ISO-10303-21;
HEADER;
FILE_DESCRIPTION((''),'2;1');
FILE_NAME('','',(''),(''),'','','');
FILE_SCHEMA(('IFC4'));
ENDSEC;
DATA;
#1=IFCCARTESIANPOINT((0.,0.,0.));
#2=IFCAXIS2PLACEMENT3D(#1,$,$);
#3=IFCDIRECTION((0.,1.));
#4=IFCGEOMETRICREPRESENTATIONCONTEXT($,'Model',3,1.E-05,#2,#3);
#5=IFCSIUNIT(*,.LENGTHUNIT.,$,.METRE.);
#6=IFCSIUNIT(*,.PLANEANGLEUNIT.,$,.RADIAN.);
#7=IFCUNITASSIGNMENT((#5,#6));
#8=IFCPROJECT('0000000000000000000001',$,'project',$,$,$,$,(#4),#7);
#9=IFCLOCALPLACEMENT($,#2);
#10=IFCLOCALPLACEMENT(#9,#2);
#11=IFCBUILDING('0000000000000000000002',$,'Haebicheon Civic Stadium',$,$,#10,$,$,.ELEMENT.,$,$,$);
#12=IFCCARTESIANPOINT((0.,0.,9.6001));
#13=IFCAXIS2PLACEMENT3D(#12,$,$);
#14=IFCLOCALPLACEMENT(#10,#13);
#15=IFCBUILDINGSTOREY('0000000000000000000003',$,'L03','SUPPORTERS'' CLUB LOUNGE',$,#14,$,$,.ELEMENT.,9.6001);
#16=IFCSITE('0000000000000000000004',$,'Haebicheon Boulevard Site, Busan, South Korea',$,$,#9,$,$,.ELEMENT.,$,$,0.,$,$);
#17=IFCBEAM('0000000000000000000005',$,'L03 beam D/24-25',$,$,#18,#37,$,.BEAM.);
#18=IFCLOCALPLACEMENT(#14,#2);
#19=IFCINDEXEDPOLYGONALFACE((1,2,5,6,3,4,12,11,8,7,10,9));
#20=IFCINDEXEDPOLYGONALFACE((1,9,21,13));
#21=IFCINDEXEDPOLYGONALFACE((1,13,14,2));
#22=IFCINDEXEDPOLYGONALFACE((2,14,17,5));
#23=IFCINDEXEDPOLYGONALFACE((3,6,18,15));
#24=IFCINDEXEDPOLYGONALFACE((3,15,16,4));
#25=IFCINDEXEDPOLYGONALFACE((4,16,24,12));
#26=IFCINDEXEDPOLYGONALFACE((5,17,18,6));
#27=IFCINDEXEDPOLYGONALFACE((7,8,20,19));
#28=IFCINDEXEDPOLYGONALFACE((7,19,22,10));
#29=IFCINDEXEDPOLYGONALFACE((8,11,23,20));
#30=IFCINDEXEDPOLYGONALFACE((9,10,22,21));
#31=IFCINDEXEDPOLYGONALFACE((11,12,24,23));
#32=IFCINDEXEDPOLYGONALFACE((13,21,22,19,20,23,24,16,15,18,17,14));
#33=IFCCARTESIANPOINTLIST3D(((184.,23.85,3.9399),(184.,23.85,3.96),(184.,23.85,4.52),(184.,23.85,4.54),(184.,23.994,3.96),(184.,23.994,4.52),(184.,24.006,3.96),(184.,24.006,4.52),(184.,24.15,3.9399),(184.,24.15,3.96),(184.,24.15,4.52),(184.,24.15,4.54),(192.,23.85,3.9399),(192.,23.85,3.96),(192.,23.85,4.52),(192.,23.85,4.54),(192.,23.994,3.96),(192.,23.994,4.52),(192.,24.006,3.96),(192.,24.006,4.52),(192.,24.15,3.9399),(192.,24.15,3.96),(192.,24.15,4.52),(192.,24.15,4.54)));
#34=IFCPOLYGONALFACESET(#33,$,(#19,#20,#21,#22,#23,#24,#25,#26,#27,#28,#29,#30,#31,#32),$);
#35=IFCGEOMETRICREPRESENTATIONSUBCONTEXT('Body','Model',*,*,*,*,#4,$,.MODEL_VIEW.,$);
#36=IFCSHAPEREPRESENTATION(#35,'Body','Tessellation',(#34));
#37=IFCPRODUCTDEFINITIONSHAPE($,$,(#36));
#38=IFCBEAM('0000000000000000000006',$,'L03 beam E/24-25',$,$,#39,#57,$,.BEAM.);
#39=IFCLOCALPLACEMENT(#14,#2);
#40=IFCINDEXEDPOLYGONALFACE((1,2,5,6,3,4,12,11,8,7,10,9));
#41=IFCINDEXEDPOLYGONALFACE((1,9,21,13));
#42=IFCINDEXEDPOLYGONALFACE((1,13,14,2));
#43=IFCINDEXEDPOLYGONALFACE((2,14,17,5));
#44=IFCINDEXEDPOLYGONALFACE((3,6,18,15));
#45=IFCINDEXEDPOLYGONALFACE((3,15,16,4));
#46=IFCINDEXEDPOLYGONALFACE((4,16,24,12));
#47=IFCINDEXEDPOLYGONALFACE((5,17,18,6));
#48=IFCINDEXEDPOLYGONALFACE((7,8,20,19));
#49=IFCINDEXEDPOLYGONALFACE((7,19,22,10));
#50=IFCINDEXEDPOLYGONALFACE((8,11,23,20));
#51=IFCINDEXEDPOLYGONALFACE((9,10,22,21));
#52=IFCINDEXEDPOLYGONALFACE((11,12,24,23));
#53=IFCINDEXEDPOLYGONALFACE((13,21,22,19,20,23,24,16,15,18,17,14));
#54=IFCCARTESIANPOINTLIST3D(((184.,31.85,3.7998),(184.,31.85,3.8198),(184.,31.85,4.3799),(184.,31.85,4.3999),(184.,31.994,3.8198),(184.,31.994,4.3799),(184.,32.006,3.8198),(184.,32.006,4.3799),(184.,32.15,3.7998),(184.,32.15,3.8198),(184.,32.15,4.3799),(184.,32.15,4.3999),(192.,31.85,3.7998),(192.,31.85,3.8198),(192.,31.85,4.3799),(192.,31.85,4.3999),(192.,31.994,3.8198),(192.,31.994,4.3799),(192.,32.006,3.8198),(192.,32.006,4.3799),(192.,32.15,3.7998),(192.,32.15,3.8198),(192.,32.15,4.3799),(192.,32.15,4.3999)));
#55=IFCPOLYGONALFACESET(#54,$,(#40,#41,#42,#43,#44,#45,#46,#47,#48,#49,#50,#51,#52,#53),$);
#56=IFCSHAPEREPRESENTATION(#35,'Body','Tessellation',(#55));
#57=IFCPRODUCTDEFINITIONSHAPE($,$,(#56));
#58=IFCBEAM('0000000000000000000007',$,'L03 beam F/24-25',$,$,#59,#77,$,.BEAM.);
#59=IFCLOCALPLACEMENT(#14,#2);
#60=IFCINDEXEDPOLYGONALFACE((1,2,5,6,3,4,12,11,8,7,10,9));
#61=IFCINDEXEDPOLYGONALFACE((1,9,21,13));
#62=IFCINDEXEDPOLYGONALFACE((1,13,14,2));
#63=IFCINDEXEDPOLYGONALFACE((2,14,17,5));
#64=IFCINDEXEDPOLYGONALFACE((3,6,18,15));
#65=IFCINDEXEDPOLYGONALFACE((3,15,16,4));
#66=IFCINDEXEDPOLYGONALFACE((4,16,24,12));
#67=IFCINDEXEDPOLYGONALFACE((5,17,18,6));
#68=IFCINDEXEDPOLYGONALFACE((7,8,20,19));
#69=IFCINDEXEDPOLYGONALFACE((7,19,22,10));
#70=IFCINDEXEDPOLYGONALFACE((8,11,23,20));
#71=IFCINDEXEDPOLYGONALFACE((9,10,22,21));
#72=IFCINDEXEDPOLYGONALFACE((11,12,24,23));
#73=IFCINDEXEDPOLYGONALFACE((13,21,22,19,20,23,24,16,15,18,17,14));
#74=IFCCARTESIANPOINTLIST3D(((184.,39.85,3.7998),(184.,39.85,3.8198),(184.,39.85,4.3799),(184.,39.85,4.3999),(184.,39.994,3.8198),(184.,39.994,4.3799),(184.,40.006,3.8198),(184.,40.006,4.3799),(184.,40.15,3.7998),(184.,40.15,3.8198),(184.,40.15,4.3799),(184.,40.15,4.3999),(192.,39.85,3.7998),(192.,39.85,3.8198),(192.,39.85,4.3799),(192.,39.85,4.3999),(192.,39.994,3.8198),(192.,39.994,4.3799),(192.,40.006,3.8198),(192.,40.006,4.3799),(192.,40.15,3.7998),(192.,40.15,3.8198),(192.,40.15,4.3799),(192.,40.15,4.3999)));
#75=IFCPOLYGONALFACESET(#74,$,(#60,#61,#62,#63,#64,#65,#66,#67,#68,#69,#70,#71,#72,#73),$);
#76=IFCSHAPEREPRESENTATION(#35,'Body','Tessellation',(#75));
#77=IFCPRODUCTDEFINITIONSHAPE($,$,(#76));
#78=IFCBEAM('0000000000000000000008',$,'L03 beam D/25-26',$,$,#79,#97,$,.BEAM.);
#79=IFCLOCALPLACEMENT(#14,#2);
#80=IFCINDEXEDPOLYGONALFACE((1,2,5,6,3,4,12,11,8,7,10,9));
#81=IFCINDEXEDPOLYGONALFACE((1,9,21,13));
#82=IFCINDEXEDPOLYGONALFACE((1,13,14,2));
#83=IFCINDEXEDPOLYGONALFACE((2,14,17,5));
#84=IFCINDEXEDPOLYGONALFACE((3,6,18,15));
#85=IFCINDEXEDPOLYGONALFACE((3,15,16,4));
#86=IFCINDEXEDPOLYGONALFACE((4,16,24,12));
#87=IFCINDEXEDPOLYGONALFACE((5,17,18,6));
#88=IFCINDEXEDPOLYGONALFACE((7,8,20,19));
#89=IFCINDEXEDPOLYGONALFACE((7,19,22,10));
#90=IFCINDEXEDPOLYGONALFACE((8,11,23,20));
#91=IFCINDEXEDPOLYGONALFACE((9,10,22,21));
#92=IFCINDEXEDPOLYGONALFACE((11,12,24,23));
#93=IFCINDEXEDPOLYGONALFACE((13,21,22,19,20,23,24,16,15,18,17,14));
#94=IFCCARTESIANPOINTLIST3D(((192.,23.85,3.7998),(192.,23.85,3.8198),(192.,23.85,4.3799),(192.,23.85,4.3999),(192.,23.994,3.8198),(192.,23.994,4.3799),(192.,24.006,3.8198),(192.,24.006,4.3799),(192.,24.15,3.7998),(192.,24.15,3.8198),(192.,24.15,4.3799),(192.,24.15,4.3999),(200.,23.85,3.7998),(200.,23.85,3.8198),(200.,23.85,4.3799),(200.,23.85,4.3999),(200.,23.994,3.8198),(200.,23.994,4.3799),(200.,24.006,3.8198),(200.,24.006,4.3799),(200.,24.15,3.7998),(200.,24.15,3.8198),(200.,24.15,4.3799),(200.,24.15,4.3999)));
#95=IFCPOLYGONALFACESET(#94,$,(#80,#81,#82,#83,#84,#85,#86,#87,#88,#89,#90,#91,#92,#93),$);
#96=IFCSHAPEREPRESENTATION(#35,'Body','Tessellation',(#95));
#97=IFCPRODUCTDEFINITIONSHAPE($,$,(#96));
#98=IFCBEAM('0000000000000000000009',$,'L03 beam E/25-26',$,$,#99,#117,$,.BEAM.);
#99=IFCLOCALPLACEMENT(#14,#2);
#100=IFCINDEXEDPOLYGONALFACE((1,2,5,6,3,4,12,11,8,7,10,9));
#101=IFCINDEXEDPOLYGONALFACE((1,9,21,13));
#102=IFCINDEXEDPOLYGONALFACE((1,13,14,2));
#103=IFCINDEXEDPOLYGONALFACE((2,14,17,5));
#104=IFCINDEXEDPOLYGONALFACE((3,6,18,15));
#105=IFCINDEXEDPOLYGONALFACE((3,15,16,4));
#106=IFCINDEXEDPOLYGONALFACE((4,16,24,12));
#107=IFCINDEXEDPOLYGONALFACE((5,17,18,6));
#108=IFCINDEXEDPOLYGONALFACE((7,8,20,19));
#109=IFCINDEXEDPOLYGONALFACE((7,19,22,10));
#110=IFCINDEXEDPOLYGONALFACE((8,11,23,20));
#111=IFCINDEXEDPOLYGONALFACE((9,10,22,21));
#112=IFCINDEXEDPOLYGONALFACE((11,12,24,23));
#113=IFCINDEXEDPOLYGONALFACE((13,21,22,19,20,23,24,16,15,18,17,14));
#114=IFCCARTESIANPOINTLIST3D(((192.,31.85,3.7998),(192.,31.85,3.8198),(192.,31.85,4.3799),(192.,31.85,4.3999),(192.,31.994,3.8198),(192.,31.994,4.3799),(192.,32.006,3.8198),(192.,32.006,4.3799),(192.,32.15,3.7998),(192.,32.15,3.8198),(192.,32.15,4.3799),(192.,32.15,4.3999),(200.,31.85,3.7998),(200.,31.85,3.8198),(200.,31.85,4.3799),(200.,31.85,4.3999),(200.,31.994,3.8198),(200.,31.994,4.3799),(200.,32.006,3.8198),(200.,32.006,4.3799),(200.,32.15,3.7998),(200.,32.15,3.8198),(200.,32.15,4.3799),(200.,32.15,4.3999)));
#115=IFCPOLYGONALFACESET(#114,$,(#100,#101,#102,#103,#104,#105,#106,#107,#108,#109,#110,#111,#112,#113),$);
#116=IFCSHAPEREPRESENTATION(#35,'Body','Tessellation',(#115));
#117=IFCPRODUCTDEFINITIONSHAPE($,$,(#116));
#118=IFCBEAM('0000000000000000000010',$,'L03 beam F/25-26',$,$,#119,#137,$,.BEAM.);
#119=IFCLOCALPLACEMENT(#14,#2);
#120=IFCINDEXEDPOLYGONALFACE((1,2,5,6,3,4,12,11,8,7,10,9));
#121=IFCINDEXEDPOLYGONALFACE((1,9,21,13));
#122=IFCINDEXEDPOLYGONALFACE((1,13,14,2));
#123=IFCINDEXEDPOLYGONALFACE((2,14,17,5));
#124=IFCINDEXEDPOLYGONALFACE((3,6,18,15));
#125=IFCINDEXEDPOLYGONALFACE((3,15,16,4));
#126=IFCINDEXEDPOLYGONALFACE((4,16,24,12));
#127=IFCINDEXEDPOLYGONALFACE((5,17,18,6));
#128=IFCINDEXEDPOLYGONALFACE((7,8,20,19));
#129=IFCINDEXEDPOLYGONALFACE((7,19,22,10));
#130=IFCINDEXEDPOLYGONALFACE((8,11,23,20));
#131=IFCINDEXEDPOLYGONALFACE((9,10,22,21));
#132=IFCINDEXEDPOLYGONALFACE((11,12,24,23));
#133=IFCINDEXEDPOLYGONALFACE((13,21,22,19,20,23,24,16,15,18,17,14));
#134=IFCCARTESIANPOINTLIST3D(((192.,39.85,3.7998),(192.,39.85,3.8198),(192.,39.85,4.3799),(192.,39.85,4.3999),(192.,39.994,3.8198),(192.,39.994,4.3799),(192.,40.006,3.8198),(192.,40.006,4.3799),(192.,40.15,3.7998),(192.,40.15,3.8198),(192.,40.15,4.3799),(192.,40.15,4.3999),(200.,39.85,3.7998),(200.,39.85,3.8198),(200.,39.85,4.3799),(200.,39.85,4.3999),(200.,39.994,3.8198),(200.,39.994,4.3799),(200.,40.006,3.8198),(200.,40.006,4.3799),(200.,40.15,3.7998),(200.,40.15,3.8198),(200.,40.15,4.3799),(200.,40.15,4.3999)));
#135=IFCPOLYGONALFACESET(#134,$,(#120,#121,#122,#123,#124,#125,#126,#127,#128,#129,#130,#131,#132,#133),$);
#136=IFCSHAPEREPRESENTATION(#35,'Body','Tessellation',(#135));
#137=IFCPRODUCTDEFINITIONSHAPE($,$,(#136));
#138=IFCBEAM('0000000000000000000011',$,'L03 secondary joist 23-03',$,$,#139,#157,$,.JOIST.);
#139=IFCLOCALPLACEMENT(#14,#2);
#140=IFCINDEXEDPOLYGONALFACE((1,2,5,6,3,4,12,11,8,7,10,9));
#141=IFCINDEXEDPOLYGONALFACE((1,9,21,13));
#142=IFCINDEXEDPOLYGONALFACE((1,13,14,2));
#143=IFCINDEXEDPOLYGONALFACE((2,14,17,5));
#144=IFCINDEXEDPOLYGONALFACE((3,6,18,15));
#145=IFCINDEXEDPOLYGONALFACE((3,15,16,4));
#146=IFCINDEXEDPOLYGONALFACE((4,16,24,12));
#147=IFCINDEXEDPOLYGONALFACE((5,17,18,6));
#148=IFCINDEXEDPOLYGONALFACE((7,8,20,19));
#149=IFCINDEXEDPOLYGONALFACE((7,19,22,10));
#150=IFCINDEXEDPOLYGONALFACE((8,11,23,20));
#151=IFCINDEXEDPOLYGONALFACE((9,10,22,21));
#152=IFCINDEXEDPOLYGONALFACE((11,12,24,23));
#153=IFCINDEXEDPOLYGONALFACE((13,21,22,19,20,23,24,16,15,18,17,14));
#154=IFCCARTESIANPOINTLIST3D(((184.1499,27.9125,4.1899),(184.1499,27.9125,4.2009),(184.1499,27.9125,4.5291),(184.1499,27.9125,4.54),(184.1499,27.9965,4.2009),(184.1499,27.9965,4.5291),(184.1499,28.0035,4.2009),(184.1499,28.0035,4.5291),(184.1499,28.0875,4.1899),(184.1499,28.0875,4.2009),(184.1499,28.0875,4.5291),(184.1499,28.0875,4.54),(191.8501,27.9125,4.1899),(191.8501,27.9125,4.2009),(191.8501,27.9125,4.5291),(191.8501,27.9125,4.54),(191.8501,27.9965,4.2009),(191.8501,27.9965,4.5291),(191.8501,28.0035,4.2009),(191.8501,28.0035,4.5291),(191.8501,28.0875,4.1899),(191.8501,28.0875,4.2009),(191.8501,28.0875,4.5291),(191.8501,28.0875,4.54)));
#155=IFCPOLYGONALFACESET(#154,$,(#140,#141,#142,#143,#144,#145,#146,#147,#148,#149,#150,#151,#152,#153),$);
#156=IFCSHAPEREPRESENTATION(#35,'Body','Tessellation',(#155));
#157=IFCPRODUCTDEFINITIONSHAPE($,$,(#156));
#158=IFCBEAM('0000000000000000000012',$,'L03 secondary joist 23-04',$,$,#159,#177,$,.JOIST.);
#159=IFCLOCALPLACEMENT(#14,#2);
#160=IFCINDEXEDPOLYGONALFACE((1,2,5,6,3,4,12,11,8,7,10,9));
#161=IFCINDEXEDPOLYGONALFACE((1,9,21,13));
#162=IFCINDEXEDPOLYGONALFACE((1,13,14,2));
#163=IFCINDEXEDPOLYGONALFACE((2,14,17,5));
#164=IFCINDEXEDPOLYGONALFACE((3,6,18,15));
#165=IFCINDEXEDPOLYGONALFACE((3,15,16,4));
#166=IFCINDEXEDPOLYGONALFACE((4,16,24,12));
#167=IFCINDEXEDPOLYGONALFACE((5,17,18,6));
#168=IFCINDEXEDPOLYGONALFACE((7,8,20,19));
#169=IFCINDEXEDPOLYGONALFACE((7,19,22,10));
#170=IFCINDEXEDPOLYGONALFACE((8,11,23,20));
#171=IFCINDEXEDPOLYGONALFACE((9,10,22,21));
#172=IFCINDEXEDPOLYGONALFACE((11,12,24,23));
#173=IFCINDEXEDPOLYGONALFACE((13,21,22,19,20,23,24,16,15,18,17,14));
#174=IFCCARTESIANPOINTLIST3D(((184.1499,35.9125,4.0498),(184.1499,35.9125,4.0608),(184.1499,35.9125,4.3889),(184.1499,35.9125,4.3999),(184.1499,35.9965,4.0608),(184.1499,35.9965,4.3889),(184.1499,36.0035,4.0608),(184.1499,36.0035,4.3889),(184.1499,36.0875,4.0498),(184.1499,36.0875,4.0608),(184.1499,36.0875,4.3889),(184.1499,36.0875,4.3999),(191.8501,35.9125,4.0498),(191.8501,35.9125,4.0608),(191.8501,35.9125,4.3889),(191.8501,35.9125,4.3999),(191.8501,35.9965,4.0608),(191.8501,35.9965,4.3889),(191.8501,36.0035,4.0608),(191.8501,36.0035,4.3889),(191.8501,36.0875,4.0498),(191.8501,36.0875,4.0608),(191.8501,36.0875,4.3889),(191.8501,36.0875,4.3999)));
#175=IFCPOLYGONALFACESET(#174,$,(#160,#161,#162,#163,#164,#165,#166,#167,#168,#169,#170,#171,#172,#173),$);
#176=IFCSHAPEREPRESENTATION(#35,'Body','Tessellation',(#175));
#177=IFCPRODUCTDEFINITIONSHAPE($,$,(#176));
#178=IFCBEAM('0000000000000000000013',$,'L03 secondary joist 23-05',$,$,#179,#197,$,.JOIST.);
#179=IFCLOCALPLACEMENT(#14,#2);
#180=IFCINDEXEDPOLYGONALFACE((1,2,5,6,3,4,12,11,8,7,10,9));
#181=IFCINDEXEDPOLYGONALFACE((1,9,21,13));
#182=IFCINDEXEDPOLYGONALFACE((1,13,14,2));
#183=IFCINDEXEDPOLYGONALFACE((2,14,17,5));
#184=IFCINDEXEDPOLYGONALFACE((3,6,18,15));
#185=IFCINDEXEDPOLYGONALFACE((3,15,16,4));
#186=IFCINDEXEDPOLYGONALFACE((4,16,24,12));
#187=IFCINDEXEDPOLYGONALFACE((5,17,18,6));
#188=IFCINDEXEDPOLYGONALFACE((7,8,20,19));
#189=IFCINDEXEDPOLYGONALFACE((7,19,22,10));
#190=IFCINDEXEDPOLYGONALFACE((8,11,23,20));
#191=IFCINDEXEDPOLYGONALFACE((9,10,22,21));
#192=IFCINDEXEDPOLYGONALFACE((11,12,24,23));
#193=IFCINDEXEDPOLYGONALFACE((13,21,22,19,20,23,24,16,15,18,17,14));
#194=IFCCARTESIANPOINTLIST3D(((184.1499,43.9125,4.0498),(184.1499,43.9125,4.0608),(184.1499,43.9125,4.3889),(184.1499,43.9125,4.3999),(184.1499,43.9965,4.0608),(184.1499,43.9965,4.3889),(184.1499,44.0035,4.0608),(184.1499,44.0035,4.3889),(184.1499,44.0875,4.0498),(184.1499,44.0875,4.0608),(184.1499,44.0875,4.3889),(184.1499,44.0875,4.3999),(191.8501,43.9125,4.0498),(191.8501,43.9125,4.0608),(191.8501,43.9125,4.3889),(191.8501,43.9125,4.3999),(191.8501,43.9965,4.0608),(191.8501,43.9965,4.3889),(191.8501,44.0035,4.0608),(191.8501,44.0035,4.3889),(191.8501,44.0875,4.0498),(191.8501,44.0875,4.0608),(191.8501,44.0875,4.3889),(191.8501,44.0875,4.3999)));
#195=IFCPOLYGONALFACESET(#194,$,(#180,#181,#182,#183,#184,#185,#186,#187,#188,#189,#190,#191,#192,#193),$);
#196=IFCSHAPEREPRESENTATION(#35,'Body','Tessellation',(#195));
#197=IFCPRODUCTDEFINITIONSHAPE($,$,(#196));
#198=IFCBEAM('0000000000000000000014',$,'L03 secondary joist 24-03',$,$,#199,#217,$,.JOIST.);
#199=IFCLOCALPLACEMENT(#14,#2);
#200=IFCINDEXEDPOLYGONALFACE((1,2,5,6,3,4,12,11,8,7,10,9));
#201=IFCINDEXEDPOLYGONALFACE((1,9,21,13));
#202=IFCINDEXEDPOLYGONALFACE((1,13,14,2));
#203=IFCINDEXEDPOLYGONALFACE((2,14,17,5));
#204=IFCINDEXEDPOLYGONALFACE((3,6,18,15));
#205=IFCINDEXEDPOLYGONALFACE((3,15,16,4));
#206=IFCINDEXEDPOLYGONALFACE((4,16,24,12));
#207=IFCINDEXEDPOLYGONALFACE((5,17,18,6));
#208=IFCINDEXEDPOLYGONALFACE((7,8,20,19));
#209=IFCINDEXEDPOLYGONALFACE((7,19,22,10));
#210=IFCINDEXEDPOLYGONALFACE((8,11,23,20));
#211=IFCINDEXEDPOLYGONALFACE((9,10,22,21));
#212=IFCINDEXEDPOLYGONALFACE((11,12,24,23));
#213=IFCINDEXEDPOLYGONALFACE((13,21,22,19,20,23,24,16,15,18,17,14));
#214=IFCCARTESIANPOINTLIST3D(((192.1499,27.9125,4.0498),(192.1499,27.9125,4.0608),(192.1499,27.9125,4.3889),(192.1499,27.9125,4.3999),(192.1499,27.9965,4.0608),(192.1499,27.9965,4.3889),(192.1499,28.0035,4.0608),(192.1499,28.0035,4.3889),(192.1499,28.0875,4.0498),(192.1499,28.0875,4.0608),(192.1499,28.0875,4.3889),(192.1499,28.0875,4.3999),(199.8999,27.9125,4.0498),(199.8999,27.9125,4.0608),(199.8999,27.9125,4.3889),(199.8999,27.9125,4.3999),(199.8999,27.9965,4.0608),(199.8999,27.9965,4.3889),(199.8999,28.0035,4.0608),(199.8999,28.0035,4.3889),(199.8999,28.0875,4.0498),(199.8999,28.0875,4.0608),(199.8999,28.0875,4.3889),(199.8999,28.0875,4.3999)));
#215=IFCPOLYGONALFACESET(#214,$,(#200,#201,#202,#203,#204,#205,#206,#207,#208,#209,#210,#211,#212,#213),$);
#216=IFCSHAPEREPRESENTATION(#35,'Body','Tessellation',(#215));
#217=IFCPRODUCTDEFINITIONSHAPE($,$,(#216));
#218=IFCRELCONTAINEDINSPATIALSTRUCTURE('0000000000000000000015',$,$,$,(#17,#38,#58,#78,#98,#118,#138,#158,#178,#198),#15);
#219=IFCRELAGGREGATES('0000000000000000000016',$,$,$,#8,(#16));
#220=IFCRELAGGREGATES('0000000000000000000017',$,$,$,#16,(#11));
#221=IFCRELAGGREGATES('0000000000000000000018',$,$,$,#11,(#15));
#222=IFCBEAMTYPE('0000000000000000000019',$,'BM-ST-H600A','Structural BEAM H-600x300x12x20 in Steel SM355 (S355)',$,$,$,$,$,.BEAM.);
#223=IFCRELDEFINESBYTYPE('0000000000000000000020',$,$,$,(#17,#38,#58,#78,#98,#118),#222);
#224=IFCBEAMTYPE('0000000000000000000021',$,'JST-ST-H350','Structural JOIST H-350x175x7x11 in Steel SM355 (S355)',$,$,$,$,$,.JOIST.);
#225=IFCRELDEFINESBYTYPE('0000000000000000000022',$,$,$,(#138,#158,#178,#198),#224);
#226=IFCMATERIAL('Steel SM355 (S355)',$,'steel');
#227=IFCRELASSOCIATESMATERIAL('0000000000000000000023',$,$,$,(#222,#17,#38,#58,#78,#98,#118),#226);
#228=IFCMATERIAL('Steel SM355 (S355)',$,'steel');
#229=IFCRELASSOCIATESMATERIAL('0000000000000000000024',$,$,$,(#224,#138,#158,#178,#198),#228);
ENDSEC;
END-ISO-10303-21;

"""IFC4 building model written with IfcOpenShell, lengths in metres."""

from ifc_helpers import new_model, si_unit, direction, frame, origin, origin_2d, place, context, subcontext, project, spatial, i_section, extrude, material, material_profile, profile_set, type_object, element, save


model = new_model("IFC4")

# Units and contexts
model_context = context("Model", 3, precision=1e-05, world=origin(), true_north=direction((0.0, 1.0)))
body_context = subcontext(model_context, "Body", "Model", "MODEL_VIEW")
ifc_project = project(units=[si_unit("LENGTHUNIT", "METRE"), si_unit("PLANEANGLEUNIT", "RADIAN")], contexts=[model_context])

# Site, building, storey
site_placement = place(None, origin())
site = spatial("IfcSite", under=ifc_project, at=site_placement, Name="Haebicheon Boulevard Site, Busan, South Korea", CompositionType="ELEMENT", RefElevation=0.0)
building_placement = place(site_placement, origin())
building = spatial("IfcBuilding", under=site, at=building_placement, Name="Haebicheon Civic Stadium", CompositionType="ELEMENT")
storey_placement = place(building_placement, frame((0.0, 0.0, 9.6001)))
storey = spatial("IfcBuildingStorey", under=building, at=storey_placement, Name="L03", Description="SUPPORTERS' CLUB LOUNGE", CompositionType="ELEMENT", Elevation=9.6001)

# Beams
ifc_material_1 = material(Name="Steel SM355 (S355)", Category="steel")
ifc_material_profile_1 = material_profile(ifc_material_1, i_section(OverallWidth=0.3, OverallDepth=0.6001, WebThickness=0.012, FlangeThickness=0.02, at=origin_2d()), Name="H-600x300x12x20")
ifc_profile_set_1 = profile_set([ifc_material_profile_1], Name="Steel SM355 (S355)")
beam_type_1 = type_object("IfcBeamType", Name="BM-ST-H600A", Description="Structural BEAM H-600x300x12x20 in Steel SM355 (S355)", PredefinedType="BEAM", material=ifc_profile_set_1)
for number, where, z_axis, x_axis, name in (
    (1, (184.0, 24.0, 4.24), (1.0, 0.0, 0.0), (0.0, 1.0, 0.0), "L03 beam D/24-25"),
    (2, (184.0, 32.0, 4.0999), (1.0, 0.0, 0.0), (0.0, 1.0, 0.0), "L03 beam E/24-25"),
    (3, (184.0, 40.0, 4.0999), (1.0, 0.0, 0.0), (0.0, 1.0, 0.0), "L03 beam F/24-25"),
    (4, (192.0, 24.0, 4.0999), (1.0, 0.0, 0.0), (0.0, 1.0, 0.0), "L03 beam D/25-26"),
    (5, (192.0, 32.0, 4.0999), (1.0, 0.0, 0.0), (0.0, 1.0, 0.0), "L03 beam E/25-26"),
    (6, (192.0, 40.0, 4.0999), (1.0, 0.0, 0.0), (0.0, 1.0, 0.0), "L03 beam F/25-26"),
):
    element("IfcBeam", number, at=place(storey_placement, frame(where, z_axis=z_axis, x_axis=x_axis)), inside=storey, type_object=beam_type_1, material=ifc_profile_set_1, Name=name, PredefinedType="BEAM", context=body_context, shape_type="SweptSolid", body=[
        extrude(i_section(OverallWidth=0.3, OverallDepth=0.6001, WebThickness=0.012, FlangeThickness=0.02, at=origin_2d()), origin(), (0.0, 0.0, 1.0), 8.0),
    ])
ifc_material_2 = material(Name="Steel SM355 (S355)", Category="steel")
ifc_material_profile_2 = material_profile(ifc_material_2, i_section(OverallWidth=0.175, OverallDepth=0.3501, WebThickness=0.0071, FlangeThickness=0.011, at=origin_2d()), Name="H-350x175x7x11")
ifc_profile_set_2 = profile_set([ifc_material_profile_2], Name="Steel SM355 (S355)")
beam_type_2 = type_object("IfcBeamType", Name="JST-ST-H350", Description="Structural JOIST H-350x175x7x11 in Steel SM355 (S355)", PredefinedType="JOIST", material=ifc_profile_set_2)
for number, where, z_axis, x_axis, name in (
    (7, (184.1499, 28.0, 4.365), (1.0, 0.0, 0.0), (0.0, 1.0, 0.0), "L03 secondary joist 23-03"),
    (8, (184.1499, 36.0, 4.2249), (1.0, 0.0, 0.0), (0.0, 1.0, 0.0), "L03 secondary joist 23-04"),
    (9, (184.1499, 44.0, 4.2249), (1.0, 0.0, 0.0), (0.0, 1.0, 0.0), "L03 secondary joist 23-05"),
):
    element("IfcBeam", number, at=place(storey_placement, frame(where, z_axis=z_axis, x_axis=x_axis)), inside=storey, type_object=beam_type_2, material=ifc_profile_set_2, Name=name, PredefinedType="JOIST", context=body_context, shape_type="SweptSolid", body=[
        extrude(i_section(OverallWidth=0.175, OverallDepth=0.3501, WebThickness=0.0071, FlangeThickness=0.011, at=origin_2d()), origin(), (0.0, 0.0, 1.0), 7.7002),
    ])
for number, where, z_axis, x_axis, name in (
    (10, (192.1499, 28.0, 4.2249), (1.0, 0.0, 0.0), (0.0, 1.0, 0.0), "L03 secondary joist 24-03"),
):
    element("IfcBeam", number, at=place(storey_placement, frame(where, z_axis=z_axis, x_axis=x_axis)), inside=storey, type_object=beam_type_2, material=ifc_profile_set_2, Name=name, PredefinedType="JOIST", context=body_context, shape_type="SweptSolid", body=[
        extrude(i_section(OverallWidth=0.175, OverallDepth=0.3501, WebThickness=0.0071, FlangeThickness=0.011, at=origin_2d()), origin(), (0.0, 0.0, 1.0), 7.75),
    ])

save(model, "model.ifc")
